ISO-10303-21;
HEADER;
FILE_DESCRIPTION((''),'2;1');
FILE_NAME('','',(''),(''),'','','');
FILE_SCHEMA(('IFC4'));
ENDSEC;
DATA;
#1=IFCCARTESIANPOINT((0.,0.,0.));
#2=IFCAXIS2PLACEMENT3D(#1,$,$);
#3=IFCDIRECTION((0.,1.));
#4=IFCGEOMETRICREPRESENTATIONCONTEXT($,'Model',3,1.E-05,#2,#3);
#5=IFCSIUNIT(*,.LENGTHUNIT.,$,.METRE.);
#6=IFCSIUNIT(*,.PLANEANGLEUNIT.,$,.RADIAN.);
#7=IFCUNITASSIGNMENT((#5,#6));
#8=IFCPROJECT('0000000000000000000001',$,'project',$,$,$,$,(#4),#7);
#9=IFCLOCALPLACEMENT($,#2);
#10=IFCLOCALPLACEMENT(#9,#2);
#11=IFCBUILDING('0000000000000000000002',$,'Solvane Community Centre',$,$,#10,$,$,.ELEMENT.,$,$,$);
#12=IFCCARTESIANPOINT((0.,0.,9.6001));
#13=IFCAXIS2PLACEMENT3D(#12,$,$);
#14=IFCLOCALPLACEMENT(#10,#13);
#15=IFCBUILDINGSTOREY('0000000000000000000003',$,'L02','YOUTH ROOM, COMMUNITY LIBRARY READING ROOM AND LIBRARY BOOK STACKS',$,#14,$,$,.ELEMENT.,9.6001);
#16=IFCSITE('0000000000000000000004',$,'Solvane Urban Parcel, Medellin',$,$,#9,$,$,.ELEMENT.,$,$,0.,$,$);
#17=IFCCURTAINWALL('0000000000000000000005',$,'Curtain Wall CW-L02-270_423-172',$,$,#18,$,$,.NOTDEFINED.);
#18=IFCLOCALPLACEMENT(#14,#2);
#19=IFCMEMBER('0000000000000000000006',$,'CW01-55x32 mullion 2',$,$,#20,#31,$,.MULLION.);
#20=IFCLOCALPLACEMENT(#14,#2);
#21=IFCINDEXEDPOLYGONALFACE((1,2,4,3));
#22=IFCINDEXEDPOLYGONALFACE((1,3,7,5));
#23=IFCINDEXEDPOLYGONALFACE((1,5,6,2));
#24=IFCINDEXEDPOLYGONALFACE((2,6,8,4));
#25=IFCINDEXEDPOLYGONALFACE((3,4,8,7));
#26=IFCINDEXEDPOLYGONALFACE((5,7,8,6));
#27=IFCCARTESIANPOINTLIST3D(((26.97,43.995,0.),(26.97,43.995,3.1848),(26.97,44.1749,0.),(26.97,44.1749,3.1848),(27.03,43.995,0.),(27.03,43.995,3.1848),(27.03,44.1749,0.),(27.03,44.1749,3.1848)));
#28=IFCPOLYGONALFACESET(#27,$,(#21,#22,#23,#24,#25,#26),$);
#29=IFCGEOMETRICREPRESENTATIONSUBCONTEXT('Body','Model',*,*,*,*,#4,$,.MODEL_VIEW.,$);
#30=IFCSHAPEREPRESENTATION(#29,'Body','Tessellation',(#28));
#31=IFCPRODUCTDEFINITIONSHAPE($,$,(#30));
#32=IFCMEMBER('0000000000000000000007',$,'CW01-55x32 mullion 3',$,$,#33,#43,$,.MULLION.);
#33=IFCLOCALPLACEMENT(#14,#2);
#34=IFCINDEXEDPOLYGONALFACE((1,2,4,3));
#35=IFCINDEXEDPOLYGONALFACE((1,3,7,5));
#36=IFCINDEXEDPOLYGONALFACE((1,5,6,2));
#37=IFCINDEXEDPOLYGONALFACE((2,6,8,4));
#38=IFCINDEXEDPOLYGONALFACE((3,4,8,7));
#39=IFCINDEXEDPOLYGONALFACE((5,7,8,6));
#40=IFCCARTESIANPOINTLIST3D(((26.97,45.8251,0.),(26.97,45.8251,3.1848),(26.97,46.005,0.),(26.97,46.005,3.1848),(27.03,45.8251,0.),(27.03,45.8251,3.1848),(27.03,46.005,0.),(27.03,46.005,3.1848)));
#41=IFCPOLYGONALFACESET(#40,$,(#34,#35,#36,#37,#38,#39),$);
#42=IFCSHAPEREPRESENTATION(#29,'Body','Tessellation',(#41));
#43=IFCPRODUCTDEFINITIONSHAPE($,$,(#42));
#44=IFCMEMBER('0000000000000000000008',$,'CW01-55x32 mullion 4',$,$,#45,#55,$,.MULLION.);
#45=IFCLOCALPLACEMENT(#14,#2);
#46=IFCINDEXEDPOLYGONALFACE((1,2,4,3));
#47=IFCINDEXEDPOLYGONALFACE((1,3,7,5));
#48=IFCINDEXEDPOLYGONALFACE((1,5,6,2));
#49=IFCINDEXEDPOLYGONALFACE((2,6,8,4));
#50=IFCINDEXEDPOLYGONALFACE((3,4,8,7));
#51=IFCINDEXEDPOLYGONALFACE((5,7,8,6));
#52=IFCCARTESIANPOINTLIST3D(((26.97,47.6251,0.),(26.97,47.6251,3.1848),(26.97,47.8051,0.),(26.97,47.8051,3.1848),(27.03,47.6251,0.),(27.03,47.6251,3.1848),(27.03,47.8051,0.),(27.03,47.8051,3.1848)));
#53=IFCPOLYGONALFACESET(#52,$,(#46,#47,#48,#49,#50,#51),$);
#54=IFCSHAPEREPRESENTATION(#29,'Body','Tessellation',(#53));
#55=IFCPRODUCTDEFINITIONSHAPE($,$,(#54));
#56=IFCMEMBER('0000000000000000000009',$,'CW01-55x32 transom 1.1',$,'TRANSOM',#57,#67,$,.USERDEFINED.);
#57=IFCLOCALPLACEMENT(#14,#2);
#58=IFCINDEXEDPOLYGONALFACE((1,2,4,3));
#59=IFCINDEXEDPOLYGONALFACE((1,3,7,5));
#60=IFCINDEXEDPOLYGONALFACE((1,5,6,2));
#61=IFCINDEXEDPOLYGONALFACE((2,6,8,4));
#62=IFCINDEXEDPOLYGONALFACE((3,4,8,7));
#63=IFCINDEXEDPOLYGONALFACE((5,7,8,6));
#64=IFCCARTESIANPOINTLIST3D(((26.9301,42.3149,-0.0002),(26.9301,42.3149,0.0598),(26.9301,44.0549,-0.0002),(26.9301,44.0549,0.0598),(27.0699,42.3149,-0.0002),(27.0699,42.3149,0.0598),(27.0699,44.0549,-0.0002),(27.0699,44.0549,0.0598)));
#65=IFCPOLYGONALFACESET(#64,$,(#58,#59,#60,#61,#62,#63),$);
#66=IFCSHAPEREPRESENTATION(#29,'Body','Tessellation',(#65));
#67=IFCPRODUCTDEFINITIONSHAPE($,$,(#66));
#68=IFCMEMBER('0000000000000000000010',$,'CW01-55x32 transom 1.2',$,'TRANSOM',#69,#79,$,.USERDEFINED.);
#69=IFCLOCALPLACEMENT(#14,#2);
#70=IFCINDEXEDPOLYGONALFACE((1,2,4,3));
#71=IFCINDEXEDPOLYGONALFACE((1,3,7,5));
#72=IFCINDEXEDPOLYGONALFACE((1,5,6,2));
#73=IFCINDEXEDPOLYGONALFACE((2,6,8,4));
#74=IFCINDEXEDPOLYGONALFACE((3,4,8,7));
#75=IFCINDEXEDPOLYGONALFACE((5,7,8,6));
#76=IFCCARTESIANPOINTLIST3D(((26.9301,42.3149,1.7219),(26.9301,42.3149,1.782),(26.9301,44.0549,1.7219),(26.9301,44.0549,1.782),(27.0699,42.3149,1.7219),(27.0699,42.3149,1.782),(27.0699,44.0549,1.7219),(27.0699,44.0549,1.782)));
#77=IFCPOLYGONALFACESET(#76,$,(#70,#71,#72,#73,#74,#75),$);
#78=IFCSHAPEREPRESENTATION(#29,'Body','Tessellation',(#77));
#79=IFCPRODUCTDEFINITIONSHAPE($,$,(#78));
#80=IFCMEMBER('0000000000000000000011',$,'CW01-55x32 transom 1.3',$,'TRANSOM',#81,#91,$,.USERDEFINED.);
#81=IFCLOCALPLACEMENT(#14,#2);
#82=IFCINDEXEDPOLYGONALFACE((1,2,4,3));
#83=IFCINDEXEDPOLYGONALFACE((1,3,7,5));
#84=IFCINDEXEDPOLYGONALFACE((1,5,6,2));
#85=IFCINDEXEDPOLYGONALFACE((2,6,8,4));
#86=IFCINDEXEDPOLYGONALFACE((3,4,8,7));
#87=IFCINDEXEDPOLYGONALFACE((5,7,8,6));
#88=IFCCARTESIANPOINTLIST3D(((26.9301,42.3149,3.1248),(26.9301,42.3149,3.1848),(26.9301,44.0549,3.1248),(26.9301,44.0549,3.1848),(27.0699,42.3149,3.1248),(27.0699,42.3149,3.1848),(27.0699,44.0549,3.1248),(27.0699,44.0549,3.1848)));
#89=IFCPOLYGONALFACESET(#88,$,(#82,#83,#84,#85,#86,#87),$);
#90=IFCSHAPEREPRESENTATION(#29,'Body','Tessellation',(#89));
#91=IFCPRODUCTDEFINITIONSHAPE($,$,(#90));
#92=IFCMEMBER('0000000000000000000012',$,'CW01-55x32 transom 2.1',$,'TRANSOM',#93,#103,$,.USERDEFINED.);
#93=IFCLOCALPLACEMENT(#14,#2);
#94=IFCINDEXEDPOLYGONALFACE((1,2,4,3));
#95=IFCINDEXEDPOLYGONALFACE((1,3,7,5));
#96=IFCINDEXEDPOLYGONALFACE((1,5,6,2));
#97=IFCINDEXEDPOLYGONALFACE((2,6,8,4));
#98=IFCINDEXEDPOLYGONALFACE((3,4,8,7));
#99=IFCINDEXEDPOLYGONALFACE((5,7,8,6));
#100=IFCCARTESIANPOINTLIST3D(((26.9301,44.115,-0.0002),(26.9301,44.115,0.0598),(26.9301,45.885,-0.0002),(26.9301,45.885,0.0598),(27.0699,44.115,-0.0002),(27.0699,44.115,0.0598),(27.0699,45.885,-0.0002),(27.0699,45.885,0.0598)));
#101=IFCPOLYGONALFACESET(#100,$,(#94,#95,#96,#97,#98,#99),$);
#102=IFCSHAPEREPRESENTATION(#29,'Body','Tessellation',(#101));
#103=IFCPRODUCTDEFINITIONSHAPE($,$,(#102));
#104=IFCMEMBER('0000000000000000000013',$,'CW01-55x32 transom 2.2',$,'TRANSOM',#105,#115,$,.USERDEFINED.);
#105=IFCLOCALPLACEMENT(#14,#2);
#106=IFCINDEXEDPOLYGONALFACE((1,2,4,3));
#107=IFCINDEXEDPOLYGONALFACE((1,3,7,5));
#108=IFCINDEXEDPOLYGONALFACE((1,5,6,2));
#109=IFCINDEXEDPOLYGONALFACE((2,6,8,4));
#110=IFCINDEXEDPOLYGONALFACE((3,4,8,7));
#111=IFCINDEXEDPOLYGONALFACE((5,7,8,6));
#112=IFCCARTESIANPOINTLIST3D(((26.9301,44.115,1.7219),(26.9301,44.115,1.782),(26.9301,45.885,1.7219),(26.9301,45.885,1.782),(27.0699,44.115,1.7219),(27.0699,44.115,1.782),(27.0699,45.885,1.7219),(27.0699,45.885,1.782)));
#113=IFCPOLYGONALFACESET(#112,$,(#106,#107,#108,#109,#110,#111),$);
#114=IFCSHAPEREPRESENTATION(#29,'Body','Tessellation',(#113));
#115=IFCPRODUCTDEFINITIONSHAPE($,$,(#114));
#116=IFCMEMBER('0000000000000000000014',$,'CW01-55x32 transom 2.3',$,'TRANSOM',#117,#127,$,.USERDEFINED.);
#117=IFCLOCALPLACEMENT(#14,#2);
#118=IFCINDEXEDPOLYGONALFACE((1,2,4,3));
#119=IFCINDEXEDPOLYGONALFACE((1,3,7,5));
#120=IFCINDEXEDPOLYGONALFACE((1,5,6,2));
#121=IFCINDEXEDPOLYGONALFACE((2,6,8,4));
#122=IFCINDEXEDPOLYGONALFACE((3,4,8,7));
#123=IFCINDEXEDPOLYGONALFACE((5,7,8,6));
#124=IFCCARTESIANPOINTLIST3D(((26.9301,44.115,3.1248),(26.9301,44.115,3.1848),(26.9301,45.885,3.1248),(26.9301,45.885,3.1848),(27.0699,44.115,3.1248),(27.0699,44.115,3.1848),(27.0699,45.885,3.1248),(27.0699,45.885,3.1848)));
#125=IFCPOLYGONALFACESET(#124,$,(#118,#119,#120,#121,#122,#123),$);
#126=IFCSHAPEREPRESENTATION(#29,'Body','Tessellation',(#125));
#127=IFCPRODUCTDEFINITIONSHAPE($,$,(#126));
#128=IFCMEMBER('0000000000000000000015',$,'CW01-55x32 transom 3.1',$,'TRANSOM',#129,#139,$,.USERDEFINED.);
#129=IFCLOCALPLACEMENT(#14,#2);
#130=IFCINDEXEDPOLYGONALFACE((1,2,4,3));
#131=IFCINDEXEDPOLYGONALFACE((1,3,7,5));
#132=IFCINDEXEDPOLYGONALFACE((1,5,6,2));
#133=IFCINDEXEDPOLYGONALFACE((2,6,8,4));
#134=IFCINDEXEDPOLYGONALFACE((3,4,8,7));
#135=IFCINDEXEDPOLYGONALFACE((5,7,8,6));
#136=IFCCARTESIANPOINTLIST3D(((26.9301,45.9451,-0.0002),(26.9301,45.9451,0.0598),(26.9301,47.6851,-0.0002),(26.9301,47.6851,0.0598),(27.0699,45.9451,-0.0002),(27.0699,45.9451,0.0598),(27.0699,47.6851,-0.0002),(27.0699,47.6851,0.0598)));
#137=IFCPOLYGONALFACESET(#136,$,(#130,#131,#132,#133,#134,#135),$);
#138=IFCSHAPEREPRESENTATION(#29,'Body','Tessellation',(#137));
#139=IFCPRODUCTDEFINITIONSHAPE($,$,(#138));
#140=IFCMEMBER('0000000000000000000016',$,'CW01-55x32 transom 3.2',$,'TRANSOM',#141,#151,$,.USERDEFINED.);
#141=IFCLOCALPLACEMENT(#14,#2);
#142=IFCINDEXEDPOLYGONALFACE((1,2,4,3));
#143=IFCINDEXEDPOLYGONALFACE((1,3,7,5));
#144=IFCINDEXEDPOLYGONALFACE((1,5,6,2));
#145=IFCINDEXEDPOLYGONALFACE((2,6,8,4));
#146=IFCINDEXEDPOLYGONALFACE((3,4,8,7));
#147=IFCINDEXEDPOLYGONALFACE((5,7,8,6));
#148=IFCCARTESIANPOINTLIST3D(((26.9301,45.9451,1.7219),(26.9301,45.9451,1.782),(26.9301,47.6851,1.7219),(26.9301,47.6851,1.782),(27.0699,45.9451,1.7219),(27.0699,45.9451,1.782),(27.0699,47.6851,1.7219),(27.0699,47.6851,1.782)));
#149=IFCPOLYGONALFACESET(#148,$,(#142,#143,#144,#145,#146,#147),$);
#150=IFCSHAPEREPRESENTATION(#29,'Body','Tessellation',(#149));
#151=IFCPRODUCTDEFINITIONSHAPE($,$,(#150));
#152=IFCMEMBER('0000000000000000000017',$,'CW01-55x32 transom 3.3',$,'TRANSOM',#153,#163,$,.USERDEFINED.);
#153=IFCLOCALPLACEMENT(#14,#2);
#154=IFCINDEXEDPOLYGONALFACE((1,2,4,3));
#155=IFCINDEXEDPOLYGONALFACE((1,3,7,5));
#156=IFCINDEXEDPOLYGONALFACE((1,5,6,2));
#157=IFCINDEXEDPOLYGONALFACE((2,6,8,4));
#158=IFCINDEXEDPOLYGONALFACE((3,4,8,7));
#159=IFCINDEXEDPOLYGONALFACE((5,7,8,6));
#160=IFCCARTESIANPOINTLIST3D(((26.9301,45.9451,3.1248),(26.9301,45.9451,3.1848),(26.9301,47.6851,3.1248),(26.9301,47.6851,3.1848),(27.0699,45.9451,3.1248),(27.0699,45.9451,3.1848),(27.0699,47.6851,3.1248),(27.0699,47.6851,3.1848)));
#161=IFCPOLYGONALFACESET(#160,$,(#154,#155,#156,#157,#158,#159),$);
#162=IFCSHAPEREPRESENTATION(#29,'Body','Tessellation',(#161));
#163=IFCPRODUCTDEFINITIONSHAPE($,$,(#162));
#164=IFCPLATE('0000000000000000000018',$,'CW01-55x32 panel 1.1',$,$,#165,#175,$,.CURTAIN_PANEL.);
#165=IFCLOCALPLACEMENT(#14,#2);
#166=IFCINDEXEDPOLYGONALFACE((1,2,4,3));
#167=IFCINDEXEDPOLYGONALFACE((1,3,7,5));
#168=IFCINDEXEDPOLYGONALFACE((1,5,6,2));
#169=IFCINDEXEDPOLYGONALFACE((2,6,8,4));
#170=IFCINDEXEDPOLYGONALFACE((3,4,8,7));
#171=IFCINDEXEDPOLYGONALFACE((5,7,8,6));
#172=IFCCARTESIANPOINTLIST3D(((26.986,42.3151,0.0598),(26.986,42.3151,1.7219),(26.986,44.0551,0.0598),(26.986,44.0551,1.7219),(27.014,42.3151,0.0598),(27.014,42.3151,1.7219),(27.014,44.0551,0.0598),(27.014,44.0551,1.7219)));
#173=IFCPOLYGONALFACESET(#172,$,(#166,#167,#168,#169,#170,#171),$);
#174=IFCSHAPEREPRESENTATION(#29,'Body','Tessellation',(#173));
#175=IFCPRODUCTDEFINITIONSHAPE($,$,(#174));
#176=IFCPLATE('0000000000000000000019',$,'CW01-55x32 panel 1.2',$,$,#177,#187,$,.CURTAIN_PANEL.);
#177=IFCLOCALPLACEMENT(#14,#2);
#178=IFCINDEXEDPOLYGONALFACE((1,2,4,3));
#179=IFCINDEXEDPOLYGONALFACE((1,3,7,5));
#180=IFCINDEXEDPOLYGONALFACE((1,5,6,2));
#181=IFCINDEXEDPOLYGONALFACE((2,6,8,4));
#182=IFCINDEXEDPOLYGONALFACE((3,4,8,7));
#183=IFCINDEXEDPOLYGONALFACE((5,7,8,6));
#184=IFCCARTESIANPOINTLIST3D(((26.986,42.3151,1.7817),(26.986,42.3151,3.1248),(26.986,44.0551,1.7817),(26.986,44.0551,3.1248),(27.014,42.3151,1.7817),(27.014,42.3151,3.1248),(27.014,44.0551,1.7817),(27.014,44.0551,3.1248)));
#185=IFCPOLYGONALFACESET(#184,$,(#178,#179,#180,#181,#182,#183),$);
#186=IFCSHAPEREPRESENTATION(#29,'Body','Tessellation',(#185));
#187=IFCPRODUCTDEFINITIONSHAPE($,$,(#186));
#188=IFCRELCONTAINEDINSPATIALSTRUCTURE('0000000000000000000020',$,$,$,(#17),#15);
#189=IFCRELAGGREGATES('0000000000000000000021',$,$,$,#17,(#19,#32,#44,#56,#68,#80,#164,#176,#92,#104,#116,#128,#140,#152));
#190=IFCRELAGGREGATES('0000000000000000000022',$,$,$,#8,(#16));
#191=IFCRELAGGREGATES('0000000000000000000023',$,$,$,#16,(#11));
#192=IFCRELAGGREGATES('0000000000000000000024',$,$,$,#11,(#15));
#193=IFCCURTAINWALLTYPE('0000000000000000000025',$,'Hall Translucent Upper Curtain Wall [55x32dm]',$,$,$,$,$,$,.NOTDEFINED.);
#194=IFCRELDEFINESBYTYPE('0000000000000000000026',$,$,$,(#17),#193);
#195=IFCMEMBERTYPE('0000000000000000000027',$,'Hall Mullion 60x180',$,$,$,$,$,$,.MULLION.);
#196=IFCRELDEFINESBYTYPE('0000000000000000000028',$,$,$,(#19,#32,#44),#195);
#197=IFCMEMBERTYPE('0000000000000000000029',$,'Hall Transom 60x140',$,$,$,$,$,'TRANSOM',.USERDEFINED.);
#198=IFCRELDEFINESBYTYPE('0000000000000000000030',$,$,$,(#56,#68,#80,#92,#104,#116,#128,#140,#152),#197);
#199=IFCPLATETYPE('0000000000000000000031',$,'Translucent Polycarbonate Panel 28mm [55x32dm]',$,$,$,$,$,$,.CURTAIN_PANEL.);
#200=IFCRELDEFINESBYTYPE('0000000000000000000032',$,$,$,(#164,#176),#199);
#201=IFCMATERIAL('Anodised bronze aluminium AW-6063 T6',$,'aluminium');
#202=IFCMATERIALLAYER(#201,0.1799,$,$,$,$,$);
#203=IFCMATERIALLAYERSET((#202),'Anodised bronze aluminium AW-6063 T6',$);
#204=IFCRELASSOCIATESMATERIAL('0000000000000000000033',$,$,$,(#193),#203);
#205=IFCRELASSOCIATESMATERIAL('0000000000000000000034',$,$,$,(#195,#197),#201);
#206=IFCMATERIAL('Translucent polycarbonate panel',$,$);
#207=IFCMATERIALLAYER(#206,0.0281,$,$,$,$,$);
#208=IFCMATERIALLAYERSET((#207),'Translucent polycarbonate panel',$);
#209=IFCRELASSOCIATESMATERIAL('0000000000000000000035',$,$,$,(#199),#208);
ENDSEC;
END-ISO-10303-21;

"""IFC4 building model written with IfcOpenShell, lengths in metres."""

from ifc_helpers import new_model, si_unit, direction, frame, origin, origin_2d, place, context, subcontext, project, spatial, rectangle, extrude, material, layer, layer_set, material_profile, profile_set, type_object, element, aggregate, save


model = new_model("IFC4")

# Units and contexts
model_context = context("Model", 3, precision=1e-05, world=origin(), true_north=direction((0.0, 1.0)))
body_context = subcontext(model_context, "Body", "Model", "MODEL_VIEW")
ifc_project = project(units=[si_unit("LENGTHUNIT", "METRE"), si_unit("PLANEANGLEUNIT", "RADIAN")], contexts=[model_context])

# Site, building, storey
site_placement = place(None, origin())
site = spatial("IfcSite", under=ifc_project, at=site_placement, Name="Solvane Urban Parcel, Medellin", CompositionType="ELEMENT", RefElevation=0.0)
building_placement = place(site_placement, origin())
building = spatial("IfcBuilding", under=site, at=building_placement, Name="Solvane Community Centre", CompositionType="ELEMENT")
storey_placement = place(building_placement, frame((0.0, 0.0, 9.6001)))
storey = spatial("IfcBuildingStorey", under=building, at=storey_placement, Name="L02", Description="YOUTH ROOM, COMMUNITY LIBRARY READING ROOM AND LIBRARY BOOK STACKS", CompositionType="ELEMENT", Elevation=9.6001)

# Curtain wall, members, plates
ifc_material_1 = material(Name="Anodised bronze aluminium AW-6063 T6", Category="aluminium")
ifc_layer_1 = layer(ifc_material_1, 0.1799)
ifc_layer_set_1 = layer_set([ifc_layer_1], Name="Anodised bronze aluminium AW-6063 T6")
curtain_wall_type = type_object("IfcCurtainWallType", Name="Hall Translucent Upper Curtain Wall [55x32dm]", PredefinedType="NOTDEFINED", material=ifc_layer_set_1)
curtain_wall_placement = place(storey_placement, origin())
curtain_wall = element("IfcCurtainWall", 1, at=curtain_wall_placement, inside=storey, type_object=curtain_wall_type, Name="Curtain Wall CW-L02-270_423-172", PredefinedType="NOTDEFINED")
ifc_material_profile_1 = material_profile(ifc_material_1, rectangle(XDim=0.0601, YDim=0.1799, at=origin_2d()), Name="CW-M 60x180")
ifc_profile_set_1 = profile_set([ifc_material_profile_1], Name="Anodised bronze aluminium AW-6063 T6")
member_type_1 = type_object("IfcMemberType", Name="Hall Mullion 60x180", PredefinedType="MULLION", material=ifc_profile_set_1)
member_1_placement = place(storey_placement, frame((27.0, 44.085, 0.0), z_axis=(0.0, 0.0, 1.0), x_axis=(-1.0, 0.0, 0.0)))
member_1 = element("IfcMember", 2, at=member_1_placement, type_object=member_type_1, Name="CW01-55x32 mullion 2", PredefinedType="MULLION", context=body_context, shape_type="SweptSolid", body=[
    extrude(rectangle(XDim=0.0601, YDim=0.1799, at=origin_2d()), origin(), (0.0, 0.0, 1.0), 3.1848),
])
member_2_placement = place(storey_placement, frame((27.0, 45.915, 0.0), z_axis=(0.0, 0.0, 1.0), x_axis=(-1.0, 0.0, 0.0)))
member_2 = element("IfcMember", 3, at=member_2_placement, type_object=member_type_1, Name="CW01-55x32 mullion 3", PredefinedType="MULLION", context=body_context, shape_type="SweptSolid", body=[
    extrude(rectangle(XDim=0.0601, YDim=0.1799, at=origin_2d()), origin(), (0.0, 0.0, 1.0), 3.1848),
])
member_3_placement = place(storey_placement, frame((27.0, 47.7151, 0.0), z_axis=(0.0, 0.0, 1.0), x_axis=(-1.0, 0.0, 0.0)))
member_3 = element("IfcMember", 4, at=member_3_placement, type_object=member_type_1, Name="CW01-55x32 mullion 4", PredefinedType="MULLION", context=body_context, shape_type="SweptSolid", body=[
    extrude(rectangle(XDim=0.0601, YDim=0.1799, at=origin_2d()), origin(), (0.0, 0.0, 1.0), 3.1848),
])
ifc_material_profile_2 = material_profile(ifc_material_1, rectangle(XDim=0.1399, YDim=0.0601, at=origin_2d()), Name="CW-T 60x140")
ifc_profile_set_2 = profile_set([ifc_material_profile_2], Name="Anodised bronze aluminium AW-6063 T6")
member_type_2 = type_object("IfcMemberType", Name="Hall Transom 60x140", ElementType="TRANSOM", PredefinedType="USERDEFINED", material=ifc_profile_set_2)
member_4_placement = place(storey_placement, frame((27.0, 42.3149, 0.0298), z_axis=(0.0, 1.0, 0.0), x_axis=(-1.0, 0.0, 0.0)))
member_4 = element("IfcMember", 5, at=member_4_placement, type_object=member_type_2, Name="CW01-55x32 transom 1.1", ObjectType="TRANSOM", PredefinedType="USERDEFINED", context=body_context, shape_type="SweptSolid", body=[
    extrude(rectangle(XDim=0.1399, YDim=0.0601, at=origin_2d()), origin(), (0.0, 0.0, 1.0), 1.74),
])
member_5_placement = place(storey_placement, frame((27.0, 42.3149, 1.752), z_axis=(0.0, 1.0, 0.0), x_axis=(-1.0, 0.0, 0.0)))
member_5 = element("IfcMember", 6, at=member_5_placement, type_object=member_type_2, Name="CW01-55x32 transom 1.2", ObjectType="TRANSOM", PredefinedType="USERDEFINED", context=body_context, shape_type="SweptSolid", body=[
    extrude(rectangle(XDim=0.1399, YDim=0.0601, at=origin_2d()), origin(), (0.0, 0.0, 1.0), 1.74),
])
member_6_placement = place(storey_placement, frame((27.0, 42.3149, 3.1548), z_axis=(0.0, 1.0, 0.0), x_axis=(-1.0, 0.0, 0.0)))
member_6 = element("IfcMember", 7, at=member_6_placement, type_object=member_type_2, Name="CW01-55x32 transom 1.3", ObjectType="TRANSOM", PredefinedType="USERDEFINED", context=body_context, shape_type="SweptSolid", body=[
    extrude(rectangle(XDim=0.1399, YDim=0.0601, at=origin_2d()), origin(), (0.0, 0.0, 1.0), 1.74),
])
member_7_placement = place(storey_placement, frame((27.0, 44.115, 0.0298), z_axis=(0.0, 1.0, 0.0), x_axis=(-1.0, 0.0, 0.0)))
member_7 = element("IfcMember", 8, at=member_7_placement, type_object=member_type_2, Name="CW01-55x32 transom 2.1", ObjectType="TRANSOM", PredefinedType="USERDEFINED", context=body_context, shape_type="SweptSolid", body=[
    extrude(rectangle(XDim=0.1399, YDim=0.0601, at=origin_2d()), origin(), (0.0, 0.0, 1.0), 1.77),
])
member_8_placement = place(storey_placement, frame((27.0, 44.115, 1.752), z_axis=(0.0, 1.0, 0.0), x_axis=(-1.0, 0.0, 0.0)))
member_8 = element("IfcMember", 9, at=member_8_placement, type_object=member_type_2, Name="CW01-55x32 transom 2.2", ObjectType="TRANSOM", PredefinedType="USERDEFINED", context=body_context, shape_type="SweptSolid", body=[
    extrude(rectangle(XDim=0.1399, YDim=0.0601, at=origin_2d()), origin(), (0.0, 0.0, 1.0), 1.77),
])
member_9_placement = place(storey_placement, frame((27.0, 44.115, 3.1548), z_axis=(0.0, 1.0, 0.0), x_axis=(-1.0, 0.0, 0.0)))
member_9 = element("IfcMember", 10, at=member_9_placement, type_object=member_type_2, Name="CW01-55x32 transom 2.3", ObjectType="TRANSOM", PredefinedType="USERDEFINED", context=body_context, shape_type="SweptSolid", body=[
    extrude(rectangle(XDim=0.1399, YDim=0.0601, at=origin_2d()), origin(), (0.0, 0.0, 1.0), 1.77),
])
member_10_placement = place(storey_placement, frame((27.0, 45.9451, 0.0298), z_axis=(0.0, 1.0, 0.0), x_axis=(-1.0, 0.0, 0.0)))
member_10 = element("IfcMember", 11, at=member_10_placement, type_object=member_type_2, Name="CW01-55x32 transom 3.1", ObjectType="TRANSOM", PredefinedType="USERDEFINED", context=body_context, shape_type="SweptSolid", body=[
    extrude(rectangle(XDim=0.1399, YDim=0.0601, at=origin_2d()), origin(), (0.0, 0.0, 1.0), 1.74),
])
member_11_placement = place(storey_placement, frame((27.0, 45.9451, 1.752), z_axis=(0.0, 1.0, 0.0), x_axis=(-1.0, 0.0, 0.0)))
member_11 = element("IfcMember", 12, at=member_11_placement, type_object=member_type_2, Name="CW01-55x32 transom 3.2", ObjectType="TRANSOM", PredefinedType="USERDEFINED", context=body_context, shape_type="SweptSolid", body=[
    extrude(rectangle(XDim=0.1399, YDim=0.0601, at=origin_2d()), origin(), (0.0, 0.0, 1.0), 1.74),
])
member_12_placement = place(storey_placement, frame((27.0, 45.9451, 3.1548), z_axis=(0.0, 1.0, 0.0), x_axis=(-1.0, 0.0, 0.0)))
member_12 = element("IfcMember", 13, at=member_12_placement, type_object=member_type_2, Name="CW01-55x32 transom 3.3", ObjectType="TRANSOM", PredefinedType="USERDEFINED", context=body_context, shape_type="SweptSolid", body=[
    extrude(rectangle(XDim=0.1399, YDim=0.0601, at=origin_2d()), origin(), (0.0, 0.0, 1.0), 1.74),
])
ifc_material_2 = material(Name="Translucent polycarbonate panel")
ifc_layer_2 = layer(ifc_material_2, 0.0281)
ifc_layer_set_2 = layer_set([ifc_layer_2], Name="Translucent polycarbonate panel")
plate_type = type_object("IfcPlateType", Name="Translucent Polycarbonate Panel 28mm [55x32dm]", PredefinedType="CURTAIN_PANEL", material=ifc_layer_set_2)
plate_1_placement = place(storey_placement, frame((27.0, 43.1851, 0.0598), z_axis=(0.0, 0.0, 1.0), x_axis=(0.0, 1.0, 0.0)))
plate_1 = element("IfcPlate", 14, at=plate_1_placement, type_object=plate_type, Name="CW01-55x32 panel 1.1", PredefinedType="CURTAIN_PANEL", context=body_context, shape_type="SweptSolid", body=[
    extrude(rectangle(XDim=1.74, YDim=0.0281, at=origin_2d()), origin(), (0.0, 0.0, 1.0), 1.6621),
])
plate_2_placement = place(storey_placement, frame((27.0, 43.1851, 1.7817), z_axis=(0.0, 0.0, 1.0), x_axis=(0.0, 1.0, 0.0)))
plate_2 = element("IfcPlate", 15, at=plate_2_placement, type_object=plate_type, Name="CW01-55x32 panel 1.2", PredefinedType="CURTAIN_PANEL", context=body_context, shape_type="SweptSolid", body=[
    extrude(rectangle(XDim=1.74, YDim=0.0281, at=origin_2d()), origin(), (0.0, 0.0, 1.0), 1.343),
])
aggregate(curtain_wall, [member_1, member_2, member_3, member_4, member_5, member_6, plate_1, plate_2, member_7, member_8, member_9, member_10, member_11, member_12])

save(model, "model.ifc")
